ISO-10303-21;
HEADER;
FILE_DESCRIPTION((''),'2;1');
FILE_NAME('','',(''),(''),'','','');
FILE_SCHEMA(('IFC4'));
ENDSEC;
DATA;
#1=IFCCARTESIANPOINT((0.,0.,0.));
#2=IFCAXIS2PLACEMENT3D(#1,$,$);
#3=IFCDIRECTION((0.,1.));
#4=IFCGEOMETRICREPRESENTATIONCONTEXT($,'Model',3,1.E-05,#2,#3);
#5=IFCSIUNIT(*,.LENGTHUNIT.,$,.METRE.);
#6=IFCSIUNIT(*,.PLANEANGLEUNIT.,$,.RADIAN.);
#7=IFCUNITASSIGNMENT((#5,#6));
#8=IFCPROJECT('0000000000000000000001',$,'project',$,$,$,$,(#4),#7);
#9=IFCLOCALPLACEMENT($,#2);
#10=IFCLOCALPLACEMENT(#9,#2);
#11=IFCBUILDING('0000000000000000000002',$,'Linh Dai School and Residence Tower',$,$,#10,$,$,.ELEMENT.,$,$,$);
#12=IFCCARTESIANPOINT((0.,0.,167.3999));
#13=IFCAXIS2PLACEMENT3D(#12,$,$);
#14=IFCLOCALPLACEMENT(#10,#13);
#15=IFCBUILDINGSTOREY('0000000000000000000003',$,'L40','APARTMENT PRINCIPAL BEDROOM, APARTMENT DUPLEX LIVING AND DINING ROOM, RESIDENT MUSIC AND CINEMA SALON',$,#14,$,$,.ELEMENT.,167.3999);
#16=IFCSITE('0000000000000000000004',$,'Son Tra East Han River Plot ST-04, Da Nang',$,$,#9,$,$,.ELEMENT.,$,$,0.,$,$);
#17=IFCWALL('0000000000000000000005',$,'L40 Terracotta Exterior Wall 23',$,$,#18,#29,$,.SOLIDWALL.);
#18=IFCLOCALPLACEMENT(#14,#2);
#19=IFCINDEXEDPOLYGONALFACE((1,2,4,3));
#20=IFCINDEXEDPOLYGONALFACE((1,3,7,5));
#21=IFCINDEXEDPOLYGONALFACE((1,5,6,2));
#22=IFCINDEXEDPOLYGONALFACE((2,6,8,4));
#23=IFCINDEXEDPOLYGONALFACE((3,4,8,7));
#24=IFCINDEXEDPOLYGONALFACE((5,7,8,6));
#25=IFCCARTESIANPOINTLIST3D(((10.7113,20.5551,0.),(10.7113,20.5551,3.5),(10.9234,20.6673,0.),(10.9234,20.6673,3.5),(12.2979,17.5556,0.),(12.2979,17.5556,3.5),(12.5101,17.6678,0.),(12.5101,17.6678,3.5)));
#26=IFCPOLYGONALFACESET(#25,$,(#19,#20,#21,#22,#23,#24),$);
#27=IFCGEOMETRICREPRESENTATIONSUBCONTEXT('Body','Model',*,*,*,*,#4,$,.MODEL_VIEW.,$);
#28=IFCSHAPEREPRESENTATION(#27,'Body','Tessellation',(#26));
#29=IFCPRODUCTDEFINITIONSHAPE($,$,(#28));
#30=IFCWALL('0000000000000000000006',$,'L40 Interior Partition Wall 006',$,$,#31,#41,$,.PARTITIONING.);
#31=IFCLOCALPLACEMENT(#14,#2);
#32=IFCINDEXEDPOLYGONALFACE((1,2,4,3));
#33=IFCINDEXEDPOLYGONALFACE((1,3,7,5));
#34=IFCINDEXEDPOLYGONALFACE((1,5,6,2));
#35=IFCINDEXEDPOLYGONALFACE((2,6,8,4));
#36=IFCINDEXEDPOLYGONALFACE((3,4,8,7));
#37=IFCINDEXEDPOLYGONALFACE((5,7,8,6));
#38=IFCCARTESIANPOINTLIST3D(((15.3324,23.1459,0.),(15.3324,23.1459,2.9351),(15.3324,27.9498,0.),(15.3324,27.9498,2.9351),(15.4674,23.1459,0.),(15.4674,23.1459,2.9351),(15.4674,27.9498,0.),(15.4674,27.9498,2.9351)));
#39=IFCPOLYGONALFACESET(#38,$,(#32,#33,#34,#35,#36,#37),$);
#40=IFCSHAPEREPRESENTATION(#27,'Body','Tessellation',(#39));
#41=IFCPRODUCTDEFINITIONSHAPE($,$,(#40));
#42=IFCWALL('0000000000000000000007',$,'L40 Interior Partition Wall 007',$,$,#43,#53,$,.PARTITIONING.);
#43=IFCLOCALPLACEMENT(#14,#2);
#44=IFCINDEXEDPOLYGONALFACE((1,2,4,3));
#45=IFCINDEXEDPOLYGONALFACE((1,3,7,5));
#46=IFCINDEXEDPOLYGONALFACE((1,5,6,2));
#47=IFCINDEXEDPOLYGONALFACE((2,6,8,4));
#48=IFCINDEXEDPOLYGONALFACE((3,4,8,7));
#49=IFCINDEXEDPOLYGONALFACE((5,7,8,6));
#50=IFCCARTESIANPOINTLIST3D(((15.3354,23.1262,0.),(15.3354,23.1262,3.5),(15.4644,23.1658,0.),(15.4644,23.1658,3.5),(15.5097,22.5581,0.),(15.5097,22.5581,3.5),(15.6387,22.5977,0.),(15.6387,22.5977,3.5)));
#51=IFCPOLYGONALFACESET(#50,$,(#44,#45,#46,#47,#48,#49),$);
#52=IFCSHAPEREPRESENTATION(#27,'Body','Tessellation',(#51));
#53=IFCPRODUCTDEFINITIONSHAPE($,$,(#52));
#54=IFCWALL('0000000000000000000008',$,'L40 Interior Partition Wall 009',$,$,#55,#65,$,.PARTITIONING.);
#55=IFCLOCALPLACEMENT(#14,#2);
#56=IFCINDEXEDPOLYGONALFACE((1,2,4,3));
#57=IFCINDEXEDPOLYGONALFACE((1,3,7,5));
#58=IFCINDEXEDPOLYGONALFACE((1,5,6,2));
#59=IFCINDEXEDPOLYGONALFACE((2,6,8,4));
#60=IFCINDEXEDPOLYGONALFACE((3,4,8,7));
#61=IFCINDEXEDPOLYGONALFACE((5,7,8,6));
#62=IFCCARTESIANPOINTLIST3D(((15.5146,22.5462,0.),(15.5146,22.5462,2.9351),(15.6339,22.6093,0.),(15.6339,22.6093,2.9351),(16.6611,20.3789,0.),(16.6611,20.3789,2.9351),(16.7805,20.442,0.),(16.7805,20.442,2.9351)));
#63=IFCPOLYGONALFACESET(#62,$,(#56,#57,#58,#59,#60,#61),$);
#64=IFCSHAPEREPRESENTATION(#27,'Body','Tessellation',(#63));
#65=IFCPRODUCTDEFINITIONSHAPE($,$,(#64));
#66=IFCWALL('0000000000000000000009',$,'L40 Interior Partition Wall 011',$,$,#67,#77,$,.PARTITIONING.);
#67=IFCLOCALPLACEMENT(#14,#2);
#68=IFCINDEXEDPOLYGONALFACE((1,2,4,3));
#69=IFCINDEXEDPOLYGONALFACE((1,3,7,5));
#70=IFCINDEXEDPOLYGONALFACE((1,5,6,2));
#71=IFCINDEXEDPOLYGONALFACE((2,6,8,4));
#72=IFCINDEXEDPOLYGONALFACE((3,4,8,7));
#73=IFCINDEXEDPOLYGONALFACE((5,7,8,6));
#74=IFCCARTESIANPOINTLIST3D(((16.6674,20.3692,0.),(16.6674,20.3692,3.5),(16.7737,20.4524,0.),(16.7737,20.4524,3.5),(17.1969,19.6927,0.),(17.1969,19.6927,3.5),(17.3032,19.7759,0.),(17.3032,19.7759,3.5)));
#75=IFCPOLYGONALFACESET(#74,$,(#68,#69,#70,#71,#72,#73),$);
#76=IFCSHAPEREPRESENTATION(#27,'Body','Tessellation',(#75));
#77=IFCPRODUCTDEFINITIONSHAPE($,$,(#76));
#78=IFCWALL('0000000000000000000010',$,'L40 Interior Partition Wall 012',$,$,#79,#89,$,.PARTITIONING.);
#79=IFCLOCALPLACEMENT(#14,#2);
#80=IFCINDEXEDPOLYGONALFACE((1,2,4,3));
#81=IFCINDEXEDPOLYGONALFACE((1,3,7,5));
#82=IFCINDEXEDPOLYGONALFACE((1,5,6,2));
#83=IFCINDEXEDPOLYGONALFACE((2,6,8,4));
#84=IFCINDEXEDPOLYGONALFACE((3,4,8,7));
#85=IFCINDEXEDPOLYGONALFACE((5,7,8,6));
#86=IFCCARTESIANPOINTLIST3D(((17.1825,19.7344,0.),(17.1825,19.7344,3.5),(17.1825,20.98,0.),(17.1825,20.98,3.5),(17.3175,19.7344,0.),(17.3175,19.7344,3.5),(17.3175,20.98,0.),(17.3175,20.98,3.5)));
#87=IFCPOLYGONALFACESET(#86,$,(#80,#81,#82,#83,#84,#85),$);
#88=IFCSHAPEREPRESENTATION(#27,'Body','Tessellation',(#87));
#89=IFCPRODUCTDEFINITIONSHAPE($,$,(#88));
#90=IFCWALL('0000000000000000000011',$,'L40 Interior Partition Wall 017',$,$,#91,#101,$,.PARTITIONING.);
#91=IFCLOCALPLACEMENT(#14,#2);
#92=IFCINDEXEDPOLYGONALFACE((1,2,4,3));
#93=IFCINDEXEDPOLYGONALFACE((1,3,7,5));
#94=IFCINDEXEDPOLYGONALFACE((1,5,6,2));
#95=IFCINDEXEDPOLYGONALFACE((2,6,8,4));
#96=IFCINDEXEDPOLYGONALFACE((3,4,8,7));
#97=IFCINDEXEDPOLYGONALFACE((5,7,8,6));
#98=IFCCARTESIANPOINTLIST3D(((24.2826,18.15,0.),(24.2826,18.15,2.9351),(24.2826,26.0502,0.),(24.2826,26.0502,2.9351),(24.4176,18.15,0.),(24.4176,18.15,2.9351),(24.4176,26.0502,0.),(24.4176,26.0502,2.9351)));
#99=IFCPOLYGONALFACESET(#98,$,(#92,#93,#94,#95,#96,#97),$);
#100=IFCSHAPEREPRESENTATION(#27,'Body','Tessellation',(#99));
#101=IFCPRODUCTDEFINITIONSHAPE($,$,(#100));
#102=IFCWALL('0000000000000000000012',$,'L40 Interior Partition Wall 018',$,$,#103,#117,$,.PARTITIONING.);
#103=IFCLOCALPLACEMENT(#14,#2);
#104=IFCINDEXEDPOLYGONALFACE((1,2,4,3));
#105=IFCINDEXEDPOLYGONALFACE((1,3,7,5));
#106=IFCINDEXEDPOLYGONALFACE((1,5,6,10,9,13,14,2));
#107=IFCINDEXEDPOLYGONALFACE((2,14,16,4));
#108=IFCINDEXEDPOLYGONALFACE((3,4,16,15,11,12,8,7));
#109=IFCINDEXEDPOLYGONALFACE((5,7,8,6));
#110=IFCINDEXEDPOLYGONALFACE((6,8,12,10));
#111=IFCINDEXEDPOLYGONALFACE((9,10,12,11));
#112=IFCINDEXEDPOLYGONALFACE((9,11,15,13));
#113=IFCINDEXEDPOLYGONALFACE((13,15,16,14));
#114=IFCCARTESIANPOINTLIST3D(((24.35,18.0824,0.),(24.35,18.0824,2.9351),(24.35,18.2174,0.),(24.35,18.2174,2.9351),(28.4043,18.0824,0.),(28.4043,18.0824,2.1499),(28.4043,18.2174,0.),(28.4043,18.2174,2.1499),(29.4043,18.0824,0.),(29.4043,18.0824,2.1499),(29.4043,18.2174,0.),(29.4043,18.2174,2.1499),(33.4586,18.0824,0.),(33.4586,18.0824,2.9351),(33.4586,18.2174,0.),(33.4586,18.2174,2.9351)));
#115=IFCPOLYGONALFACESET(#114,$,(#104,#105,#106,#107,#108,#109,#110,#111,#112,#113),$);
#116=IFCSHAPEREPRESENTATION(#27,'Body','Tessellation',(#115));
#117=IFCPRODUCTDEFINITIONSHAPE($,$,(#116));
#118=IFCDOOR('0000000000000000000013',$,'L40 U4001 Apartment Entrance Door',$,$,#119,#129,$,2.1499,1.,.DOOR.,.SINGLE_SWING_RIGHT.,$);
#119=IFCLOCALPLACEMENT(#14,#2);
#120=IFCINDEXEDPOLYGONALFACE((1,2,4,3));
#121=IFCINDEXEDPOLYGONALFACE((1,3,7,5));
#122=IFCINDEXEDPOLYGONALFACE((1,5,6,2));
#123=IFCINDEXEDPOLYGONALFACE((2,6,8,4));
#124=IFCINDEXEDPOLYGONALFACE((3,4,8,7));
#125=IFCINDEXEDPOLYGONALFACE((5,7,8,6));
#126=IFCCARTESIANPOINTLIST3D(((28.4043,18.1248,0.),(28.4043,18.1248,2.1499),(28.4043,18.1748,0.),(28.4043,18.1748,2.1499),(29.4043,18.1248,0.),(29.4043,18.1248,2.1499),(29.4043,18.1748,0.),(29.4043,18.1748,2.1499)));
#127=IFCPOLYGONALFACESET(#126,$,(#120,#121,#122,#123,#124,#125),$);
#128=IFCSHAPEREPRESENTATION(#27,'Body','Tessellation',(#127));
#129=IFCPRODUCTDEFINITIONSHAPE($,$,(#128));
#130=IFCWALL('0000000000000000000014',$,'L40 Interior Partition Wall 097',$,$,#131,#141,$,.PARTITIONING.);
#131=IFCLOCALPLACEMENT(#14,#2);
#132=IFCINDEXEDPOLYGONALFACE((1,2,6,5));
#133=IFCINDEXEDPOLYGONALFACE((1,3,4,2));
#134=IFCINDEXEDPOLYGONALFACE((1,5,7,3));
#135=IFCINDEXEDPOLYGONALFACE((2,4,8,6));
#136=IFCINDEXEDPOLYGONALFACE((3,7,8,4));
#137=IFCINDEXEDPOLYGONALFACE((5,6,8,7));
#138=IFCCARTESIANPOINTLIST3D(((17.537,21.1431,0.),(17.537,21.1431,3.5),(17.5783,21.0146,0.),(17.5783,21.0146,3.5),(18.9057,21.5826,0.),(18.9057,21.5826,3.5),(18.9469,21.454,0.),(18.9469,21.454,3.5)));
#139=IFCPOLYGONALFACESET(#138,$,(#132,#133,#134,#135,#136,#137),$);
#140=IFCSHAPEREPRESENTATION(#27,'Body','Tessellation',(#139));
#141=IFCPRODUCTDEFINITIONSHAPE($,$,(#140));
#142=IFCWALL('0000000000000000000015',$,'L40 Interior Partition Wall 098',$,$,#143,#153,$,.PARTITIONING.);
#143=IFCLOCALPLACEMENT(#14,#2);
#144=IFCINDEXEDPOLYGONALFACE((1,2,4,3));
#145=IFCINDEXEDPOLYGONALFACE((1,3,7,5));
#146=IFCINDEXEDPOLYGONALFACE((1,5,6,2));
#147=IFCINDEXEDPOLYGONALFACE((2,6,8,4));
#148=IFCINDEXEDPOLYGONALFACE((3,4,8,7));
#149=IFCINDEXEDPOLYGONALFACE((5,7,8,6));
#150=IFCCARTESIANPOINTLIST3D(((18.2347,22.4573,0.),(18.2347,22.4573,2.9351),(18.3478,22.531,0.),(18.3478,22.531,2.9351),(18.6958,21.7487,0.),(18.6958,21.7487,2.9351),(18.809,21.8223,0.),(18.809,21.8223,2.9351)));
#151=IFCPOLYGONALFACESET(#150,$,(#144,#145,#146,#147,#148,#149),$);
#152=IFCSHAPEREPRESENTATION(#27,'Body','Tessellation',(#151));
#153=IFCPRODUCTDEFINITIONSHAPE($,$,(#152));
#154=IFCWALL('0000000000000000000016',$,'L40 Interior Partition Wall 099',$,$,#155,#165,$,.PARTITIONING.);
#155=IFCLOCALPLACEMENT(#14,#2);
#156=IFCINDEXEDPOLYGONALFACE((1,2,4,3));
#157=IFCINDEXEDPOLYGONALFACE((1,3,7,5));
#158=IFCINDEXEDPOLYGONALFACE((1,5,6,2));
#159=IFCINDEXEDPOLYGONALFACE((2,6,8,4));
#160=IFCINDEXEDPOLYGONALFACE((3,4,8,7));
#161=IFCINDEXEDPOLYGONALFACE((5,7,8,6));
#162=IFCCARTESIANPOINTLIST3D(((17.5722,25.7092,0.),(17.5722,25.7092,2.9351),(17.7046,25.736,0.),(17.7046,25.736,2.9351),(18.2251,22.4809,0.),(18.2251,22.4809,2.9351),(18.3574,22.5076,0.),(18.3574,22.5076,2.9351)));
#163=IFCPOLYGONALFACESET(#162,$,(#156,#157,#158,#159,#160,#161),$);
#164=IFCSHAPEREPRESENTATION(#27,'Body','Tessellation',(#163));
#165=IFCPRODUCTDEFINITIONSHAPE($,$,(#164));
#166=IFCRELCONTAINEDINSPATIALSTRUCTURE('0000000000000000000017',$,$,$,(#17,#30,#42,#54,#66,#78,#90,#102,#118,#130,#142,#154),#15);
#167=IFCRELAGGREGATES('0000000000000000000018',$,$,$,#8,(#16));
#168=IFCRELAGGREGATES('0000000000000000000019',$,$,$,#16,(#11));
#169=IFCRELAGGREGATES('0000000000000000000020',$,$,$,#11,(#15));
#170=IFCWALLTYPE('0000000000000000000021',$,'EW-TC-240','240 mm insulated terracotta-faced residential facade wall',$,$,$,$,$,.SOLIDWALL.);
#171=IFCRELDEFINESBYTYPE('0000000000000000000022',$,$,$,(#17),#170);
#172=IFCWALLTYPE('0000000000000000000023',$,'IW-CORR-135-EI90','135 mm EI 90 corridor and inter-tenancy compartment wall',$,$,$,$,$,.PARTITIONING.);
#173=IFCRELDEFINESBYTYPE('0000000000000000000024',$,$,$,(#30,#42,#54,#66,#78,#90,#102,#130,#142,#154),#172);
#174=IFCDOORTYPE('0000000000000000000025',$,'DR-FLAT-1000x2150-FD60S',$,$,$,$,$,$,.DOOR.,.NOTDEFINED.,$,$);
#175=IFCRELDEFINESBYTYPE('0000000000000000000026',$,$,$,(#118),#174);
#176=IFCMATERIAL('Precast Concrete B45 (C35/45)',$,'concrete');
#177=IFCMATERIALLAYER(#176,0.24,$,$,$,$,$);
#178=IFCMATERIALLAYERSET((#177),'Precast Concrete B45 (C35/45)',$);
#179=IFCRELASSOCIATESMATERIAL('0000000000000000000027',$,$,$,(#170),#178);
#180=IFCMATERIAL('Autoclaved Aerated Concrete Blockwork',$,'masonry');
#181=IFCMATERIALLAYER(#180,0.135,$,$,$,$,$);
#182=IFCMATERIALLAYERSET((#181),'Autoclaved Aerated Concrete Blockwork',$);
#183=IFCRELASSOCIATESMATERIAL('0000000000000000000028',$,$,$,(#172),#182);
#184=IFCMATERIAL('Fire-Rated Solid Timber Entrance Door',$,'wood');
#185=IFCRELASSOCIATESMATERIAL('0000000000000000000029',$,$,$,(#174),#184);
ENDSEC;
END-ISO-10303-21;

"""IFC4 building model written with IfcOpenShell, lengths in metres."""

from ifc_helpers import new_model, si_unit, direction, frame, frame_2d, origin, origin_2d, place, context, subcontext, project, spatial, rectangle, extrude, source, transform, mapped, material, layer, layer_set, type_object, element, fill, save


model = new_model("IFC4")

# Units and contexts
model_context = context("Model", 3, precision=1e-05, world=origin(), true_north=direction((0.0, 1.0)))
body_context = subcontext(model_context, "Body", "Model", "MODEL_VIEW")
ifc_project = project(units=[si_unit("LENGTHUNIT", "METRE"), si_unit("PLANEANGLEUNIT", "RADIAN")], contexts=[model_context])

# Site, building, storey
site_placement = place(None, origin())
site = spatial("IfcSite", under=ifc_project, at=site_placement, Name="Son Tra East Han River Plot ST-04, Da Nang", CompositionType="ELEMENT", RefElevation=0.0)
building_placement = place(site_placement, origin())
building = spatial("IfcBuilding", under=site, at=building_placement, Name="Linh Dai School and Residence Tower", CompositionType="ELEMENT")
storey_placement = place(building_placement, frame((0.0, 0.0, 167.3999)))
storey = spatial("IfcBuildingStorey", under=building, at=storey_placement, Name="L40", Description="APARTMENT PRINCIPAL BEDROOM, APARTMENT DUPLEX LIVING AND DINING ROOM, RESIDENT MUSIC AND CINEMA SALON", CompositionType="ELEMENT", Elevation=167.3999)

# Shared definitions
ifc_material_1 = material(Name="Precast Concrete B45 (C35/45)", Category="concrete")

# Walls
ifc_layer_1 = layer(ifc_material_1, 0.24)
ifc_layer_set_1 = layer_set([ifc_layer_1], Name="Precast Concrete B45 (C35/45)")
wall_type_1 = type_object("IfcWallType", Name="EW-TC-240", Description="240 mm insulated terracotta-faced residential facade wall", PredefinedType="SOLIDWALL", material=ifc_layer_set_1)
wall_1_placement = place(storey_placement, frame((12.4041, 17.6116, 0.0), z_axis=(0.0, 0.0, 1.0), x_axis=(-0.467587, 0.883947, 0.0)))
element("IfcWall", 1, at=wall_1_placement, inside=storey, type_object=wall_type_1, Name="L40 Terracotta Exterior Wall 23", PredefinedType="SOLIDWALL", context=body_context, shape_type="SweptSolid", body=[
    extrude(rectangle(XDim=3.3933, YDim=0.24, at=frame_2d((1.6968, 0.0))), origin(), (0.0, 0.0, 1.0), 3.5),
])
ifc_material_2 = material(Name="Autoclaved Aerated Concrete Blockwork", Category="masonry")
ifc_layer_2 = layer(ifc_material_2, 0.135)
ifc_layer_set_2 = layer_set([ifc_layer_2], Name="Autoclaved Aerated Concrete Blockwork")
wall_type_2 = type_object("IfcWallType", Name="IW-CORR-135-EI90", Description="135 mm EI 90 corridor and inter-tenancy compartment wall", PredefinedType="PARTITIONING", material=ifc_layer_set_2)
wall_2_placement = place(storey_placement, frame((15.3999, 23.146, 0.0), z_axis=(0.0, 0.0, 1.0), x_axis=(0.0, 1.0, 0.0)))
element("IfcWall", 2, at=wall_2_placement, inside=storey, type_object=wall_type_2, Name="L40 Interior Partition Wall 006", PredefinedType="PARTITIONING", context=body_context, shape_type="SweptSolid", body=[
    extrude(rectangle(XDim=4.804, YDim=0.135, at=frame_2d((2.4019, 0.0))), origin(), (0.0, 0.0, 1.0), 2.9351),
])
wall_3_placement = place(storey_placement, frame((15.3999, 23.146, 0.0), z_axis=(0.0, 0.0, 1.0), x_axis=(0.293335, -0.95601, 0.0)))
element("IfcWall", 3, at=wall_3_placement, inside=storey, type_object=wall_type_2, Name="L40 Interior Partition Wall 007", PredefinedType="PARTITIONING", context=body_context, shape_type="SweptSolid", body=[
    extrude(rectangle(XDim=0.5942, YDim=0.135, at=frame_2d((0.2971, 0.0))), origin(), (0.0, 0.0, 1.0), 3.5),
])
wall_4_placement = place(storey_placement, frame((15.5742, 22.5779, 0.0), z_axis=(0.0, 0.0, 1.0), x_axis=(0.467609, -0.883936, 0.0)))
element("IfcWall", 4, at=wall_4_placement, inside=storey, type_object=wall_type_2, Name="L40 Interior Partition Wall 009", PredefinedType="PARTITIONING", context=body_context, shape_type="SweptSolid", body=[
    extrude(rectangle(XDim=2.4519, YDim=0.135, at=frame_2d((1.2261, 0.0))), origin(), (0.0, 0.0, 1.0), 2.9351),
])
wall_5_placement = place(storey_placement, frame((16.7205, 20.4109, 0.0), z_axis=(0.0, 0.0, 1.0), x_axis=(0.616377, -0.787451, 0.0)))
element("IfcWall", 5, at=wall_5_placement, inside=storey, type_object=wall_type_2, Name="L40 Interior Partition Wall 011", PredefinedType="PARTITIONING", context=body_context, shape_type="SweptSolid", body=[
    extrude(rectangle(XDim=0.8591, YDim=0.135, at=frame_2d((0.4297, 0.0))), origin(), (0.0, 0.0, 1.0), 3.5),
])
wall_6_placement = place(storey_placement, frame((17.25, 19.7344, 0.0), z_axis=(0.0, 0.0, 1.0), x_axis=(0.0, 1.0, 0.0)))
element("IfcWall", 6, at=wall_6_placement, inside=storey, type_object=wall_type_2, Name="L40 Interior Partition Wall 012", PredefinedType="PARTITIONING", context=body_context, shape_type="SweptSolid", body=[
    extrude(rectangle(XDim=1.2456, YDim=0.135, at=frame_2d((0.6228, 0.0))), origin(), (0.0, 0.0, 1.0), 3.5),
])
wall_7_placement = place(storey_placement, frame((24.3501, 18.1499, 0.0), z_axis=(0.0, 0.0, 1.0), x_axis=(0.0, 1.0, 0.0)))
element("IfcWall", 7, at=wall_7_placement, inside=storey, type_object=wall_type_2, Name="L40 Interior Partition Wall 017", PredefinedType="PARTITIONING", context=body_context, shape_type="SweptSolid", body=[
    extrude(rectangle(XDim=7.9001, YDim=0.135, at=frame_2d((3.9502, 0.0))), origin(), (0.0, 0.0, 1.0), 2.9351),
])

# Wall, opening, door
wall_8_placement = place(storey_placement, frame((24.3501, 18.1499, 0.0), z_axis=(0.0, 0.0, 1.0), x_axis=(1.0, 0.0, 0.0)))
wall_8 = element("IfcWall", 8, at=wall_8_placement, inside=storey, type_object=wall_type_2, Name="L40 Interior Partition Wall 018", PredefinedType="PARTITIONING", context=body_context, shape_type="SweptSolid", body=[
    extrude(rectangle(XDim=9.1086, YDim=0.135, at=frame_2d((4.5542, 0.0))), origin(), (0.0, 0.0, 1.0), 2.9351),
])
opening_1_placement = place(wall_8_placement, frame((4.0542, 0.0, 0.0)))
opening_1 = element("IfcOpeningElement", 9, at=opening_1_placement, cuts=wall_8, PredefinedType="OPENING", context=body_context, shape_type="SweptSolid", body=[
    extrude(rectangle(XDim=1.0, YDim=2.1499, at=origin_2d()), frame((0.5, 0.0776, 1.075), z_axis=(0.0, -1.0, 0.0), x_axis=(1.0, 0.0, 0.0)), (0.0, 0.0, 1.0), 0.155),
])
ifc_material_3 = material(Name="Fire-Rated Solid Timber Entrance Door", Category="wood")
door_type_1 = type_object("IfcDoorType", Name="DR-FLAT-1000x2150-FD60S", OperationType="NOTDEFINED", PredefinedType="DOOR", material=ifc_material_3)
shared_shape_1 = source(origin(), body_context, "Body", "SweptSolid", [
    extrude(rectangle(XDim=1.0, YDim=2.1499, at=origin_2d()), frame((0.5, 0.0249, 1.075), z_axis=(0.0, -1.0, 0.0), x_axis=(1.0, 0.0, 0.0)), (0.0, 0.0, 1.0), 0.05),
])
door_1_placement = place(opening_1_placement, origin())
door_1 = element("IfcDoor", 10, at=door_1_placement, inside=storey, type_object=door_type_1, Name="L40 U4001 Apartment Entrance Door", OperationType="SINGLE_SWING_RIGHT", OverallHeight=2.1499, OverallWidth=1.0, PredefinedType="DOOR", context=body_context, shape_type="MappedRepresentation", body=[
    mapped(shared_shape_1, transform((0.0, 0.0, 0.0), x_axis=(1.0, 0.0, 0.0), y_axis=(0.0, 1.0, 0.0), z_axis=(0.0, 0.0, 1.0), scale=1.0)),
])
fill(opening_1, door_1)

# Walls
wall_9_placement = place(storey_placement, frame((17.5576, 21.0789, 0.0), z_axis=(0.0, 0.0, 1.0), x_axis=(0.952124, 0.305712, 0.0)))
element("IfcWall", 11, at=wall_9_placement, inside=storey, type_object=wall_type_2, Name="L40 Interior Partition Wall 097", PredefinedType="PARTITIONING", context=body_context, shape_type="SweptSolid", body=[
    extrude(rectangle(XDim=1.4375, YDim=0.135, at=frame_2d((0.7188, 0.0))), origin(), (0.0, 0.0, 1.0), 3.5),
])
wall_10_placement = place(storey_placement, frame((18.7524, 21.7854, 0.0), z_axis=(0.0, 0.0, 1.0), x_axis=(-0.545404, 0.838173, 0.0)))
element("IfcWall", 12, at=wall_10_placement, inside=storey, type_object=wall_type_2, Name="L40 Interior Partition Wall 098", PredefinedType="PARTITIONING", context=body_context, shape_type="SweptSolid", body=[
    extrude(rectangle(XDim=0.8455, YDim=0.135, at=frame_2d((0.4229, 0.0))), origin(), (0.0, 0.0, 1.0), 2.9351),
])
wall_11_placement = place(storey_placement, frame((18.2913, 22.4941, 0.0), z_axis=(0.0, 0.0, 1.0), x_axis=(-0.198211, 0.980159, 0.0)))
element("IfcWall", 13, at=wall_11_placement, inside=storey, type_object=wall_type_2, Name="L40 Interior Partition Wall 099", PredefinedType="PARTITIONING", context=body_context, shape_type="SweptSolid", body=[
    extrude(rectangle(XDim=3.2937, YDim=0.135, at=frame_2d((1.647, 0.0))), origin(), (0.0, 0.0, 1.0), 2.9351),
])

save(model, "model.ifc")
